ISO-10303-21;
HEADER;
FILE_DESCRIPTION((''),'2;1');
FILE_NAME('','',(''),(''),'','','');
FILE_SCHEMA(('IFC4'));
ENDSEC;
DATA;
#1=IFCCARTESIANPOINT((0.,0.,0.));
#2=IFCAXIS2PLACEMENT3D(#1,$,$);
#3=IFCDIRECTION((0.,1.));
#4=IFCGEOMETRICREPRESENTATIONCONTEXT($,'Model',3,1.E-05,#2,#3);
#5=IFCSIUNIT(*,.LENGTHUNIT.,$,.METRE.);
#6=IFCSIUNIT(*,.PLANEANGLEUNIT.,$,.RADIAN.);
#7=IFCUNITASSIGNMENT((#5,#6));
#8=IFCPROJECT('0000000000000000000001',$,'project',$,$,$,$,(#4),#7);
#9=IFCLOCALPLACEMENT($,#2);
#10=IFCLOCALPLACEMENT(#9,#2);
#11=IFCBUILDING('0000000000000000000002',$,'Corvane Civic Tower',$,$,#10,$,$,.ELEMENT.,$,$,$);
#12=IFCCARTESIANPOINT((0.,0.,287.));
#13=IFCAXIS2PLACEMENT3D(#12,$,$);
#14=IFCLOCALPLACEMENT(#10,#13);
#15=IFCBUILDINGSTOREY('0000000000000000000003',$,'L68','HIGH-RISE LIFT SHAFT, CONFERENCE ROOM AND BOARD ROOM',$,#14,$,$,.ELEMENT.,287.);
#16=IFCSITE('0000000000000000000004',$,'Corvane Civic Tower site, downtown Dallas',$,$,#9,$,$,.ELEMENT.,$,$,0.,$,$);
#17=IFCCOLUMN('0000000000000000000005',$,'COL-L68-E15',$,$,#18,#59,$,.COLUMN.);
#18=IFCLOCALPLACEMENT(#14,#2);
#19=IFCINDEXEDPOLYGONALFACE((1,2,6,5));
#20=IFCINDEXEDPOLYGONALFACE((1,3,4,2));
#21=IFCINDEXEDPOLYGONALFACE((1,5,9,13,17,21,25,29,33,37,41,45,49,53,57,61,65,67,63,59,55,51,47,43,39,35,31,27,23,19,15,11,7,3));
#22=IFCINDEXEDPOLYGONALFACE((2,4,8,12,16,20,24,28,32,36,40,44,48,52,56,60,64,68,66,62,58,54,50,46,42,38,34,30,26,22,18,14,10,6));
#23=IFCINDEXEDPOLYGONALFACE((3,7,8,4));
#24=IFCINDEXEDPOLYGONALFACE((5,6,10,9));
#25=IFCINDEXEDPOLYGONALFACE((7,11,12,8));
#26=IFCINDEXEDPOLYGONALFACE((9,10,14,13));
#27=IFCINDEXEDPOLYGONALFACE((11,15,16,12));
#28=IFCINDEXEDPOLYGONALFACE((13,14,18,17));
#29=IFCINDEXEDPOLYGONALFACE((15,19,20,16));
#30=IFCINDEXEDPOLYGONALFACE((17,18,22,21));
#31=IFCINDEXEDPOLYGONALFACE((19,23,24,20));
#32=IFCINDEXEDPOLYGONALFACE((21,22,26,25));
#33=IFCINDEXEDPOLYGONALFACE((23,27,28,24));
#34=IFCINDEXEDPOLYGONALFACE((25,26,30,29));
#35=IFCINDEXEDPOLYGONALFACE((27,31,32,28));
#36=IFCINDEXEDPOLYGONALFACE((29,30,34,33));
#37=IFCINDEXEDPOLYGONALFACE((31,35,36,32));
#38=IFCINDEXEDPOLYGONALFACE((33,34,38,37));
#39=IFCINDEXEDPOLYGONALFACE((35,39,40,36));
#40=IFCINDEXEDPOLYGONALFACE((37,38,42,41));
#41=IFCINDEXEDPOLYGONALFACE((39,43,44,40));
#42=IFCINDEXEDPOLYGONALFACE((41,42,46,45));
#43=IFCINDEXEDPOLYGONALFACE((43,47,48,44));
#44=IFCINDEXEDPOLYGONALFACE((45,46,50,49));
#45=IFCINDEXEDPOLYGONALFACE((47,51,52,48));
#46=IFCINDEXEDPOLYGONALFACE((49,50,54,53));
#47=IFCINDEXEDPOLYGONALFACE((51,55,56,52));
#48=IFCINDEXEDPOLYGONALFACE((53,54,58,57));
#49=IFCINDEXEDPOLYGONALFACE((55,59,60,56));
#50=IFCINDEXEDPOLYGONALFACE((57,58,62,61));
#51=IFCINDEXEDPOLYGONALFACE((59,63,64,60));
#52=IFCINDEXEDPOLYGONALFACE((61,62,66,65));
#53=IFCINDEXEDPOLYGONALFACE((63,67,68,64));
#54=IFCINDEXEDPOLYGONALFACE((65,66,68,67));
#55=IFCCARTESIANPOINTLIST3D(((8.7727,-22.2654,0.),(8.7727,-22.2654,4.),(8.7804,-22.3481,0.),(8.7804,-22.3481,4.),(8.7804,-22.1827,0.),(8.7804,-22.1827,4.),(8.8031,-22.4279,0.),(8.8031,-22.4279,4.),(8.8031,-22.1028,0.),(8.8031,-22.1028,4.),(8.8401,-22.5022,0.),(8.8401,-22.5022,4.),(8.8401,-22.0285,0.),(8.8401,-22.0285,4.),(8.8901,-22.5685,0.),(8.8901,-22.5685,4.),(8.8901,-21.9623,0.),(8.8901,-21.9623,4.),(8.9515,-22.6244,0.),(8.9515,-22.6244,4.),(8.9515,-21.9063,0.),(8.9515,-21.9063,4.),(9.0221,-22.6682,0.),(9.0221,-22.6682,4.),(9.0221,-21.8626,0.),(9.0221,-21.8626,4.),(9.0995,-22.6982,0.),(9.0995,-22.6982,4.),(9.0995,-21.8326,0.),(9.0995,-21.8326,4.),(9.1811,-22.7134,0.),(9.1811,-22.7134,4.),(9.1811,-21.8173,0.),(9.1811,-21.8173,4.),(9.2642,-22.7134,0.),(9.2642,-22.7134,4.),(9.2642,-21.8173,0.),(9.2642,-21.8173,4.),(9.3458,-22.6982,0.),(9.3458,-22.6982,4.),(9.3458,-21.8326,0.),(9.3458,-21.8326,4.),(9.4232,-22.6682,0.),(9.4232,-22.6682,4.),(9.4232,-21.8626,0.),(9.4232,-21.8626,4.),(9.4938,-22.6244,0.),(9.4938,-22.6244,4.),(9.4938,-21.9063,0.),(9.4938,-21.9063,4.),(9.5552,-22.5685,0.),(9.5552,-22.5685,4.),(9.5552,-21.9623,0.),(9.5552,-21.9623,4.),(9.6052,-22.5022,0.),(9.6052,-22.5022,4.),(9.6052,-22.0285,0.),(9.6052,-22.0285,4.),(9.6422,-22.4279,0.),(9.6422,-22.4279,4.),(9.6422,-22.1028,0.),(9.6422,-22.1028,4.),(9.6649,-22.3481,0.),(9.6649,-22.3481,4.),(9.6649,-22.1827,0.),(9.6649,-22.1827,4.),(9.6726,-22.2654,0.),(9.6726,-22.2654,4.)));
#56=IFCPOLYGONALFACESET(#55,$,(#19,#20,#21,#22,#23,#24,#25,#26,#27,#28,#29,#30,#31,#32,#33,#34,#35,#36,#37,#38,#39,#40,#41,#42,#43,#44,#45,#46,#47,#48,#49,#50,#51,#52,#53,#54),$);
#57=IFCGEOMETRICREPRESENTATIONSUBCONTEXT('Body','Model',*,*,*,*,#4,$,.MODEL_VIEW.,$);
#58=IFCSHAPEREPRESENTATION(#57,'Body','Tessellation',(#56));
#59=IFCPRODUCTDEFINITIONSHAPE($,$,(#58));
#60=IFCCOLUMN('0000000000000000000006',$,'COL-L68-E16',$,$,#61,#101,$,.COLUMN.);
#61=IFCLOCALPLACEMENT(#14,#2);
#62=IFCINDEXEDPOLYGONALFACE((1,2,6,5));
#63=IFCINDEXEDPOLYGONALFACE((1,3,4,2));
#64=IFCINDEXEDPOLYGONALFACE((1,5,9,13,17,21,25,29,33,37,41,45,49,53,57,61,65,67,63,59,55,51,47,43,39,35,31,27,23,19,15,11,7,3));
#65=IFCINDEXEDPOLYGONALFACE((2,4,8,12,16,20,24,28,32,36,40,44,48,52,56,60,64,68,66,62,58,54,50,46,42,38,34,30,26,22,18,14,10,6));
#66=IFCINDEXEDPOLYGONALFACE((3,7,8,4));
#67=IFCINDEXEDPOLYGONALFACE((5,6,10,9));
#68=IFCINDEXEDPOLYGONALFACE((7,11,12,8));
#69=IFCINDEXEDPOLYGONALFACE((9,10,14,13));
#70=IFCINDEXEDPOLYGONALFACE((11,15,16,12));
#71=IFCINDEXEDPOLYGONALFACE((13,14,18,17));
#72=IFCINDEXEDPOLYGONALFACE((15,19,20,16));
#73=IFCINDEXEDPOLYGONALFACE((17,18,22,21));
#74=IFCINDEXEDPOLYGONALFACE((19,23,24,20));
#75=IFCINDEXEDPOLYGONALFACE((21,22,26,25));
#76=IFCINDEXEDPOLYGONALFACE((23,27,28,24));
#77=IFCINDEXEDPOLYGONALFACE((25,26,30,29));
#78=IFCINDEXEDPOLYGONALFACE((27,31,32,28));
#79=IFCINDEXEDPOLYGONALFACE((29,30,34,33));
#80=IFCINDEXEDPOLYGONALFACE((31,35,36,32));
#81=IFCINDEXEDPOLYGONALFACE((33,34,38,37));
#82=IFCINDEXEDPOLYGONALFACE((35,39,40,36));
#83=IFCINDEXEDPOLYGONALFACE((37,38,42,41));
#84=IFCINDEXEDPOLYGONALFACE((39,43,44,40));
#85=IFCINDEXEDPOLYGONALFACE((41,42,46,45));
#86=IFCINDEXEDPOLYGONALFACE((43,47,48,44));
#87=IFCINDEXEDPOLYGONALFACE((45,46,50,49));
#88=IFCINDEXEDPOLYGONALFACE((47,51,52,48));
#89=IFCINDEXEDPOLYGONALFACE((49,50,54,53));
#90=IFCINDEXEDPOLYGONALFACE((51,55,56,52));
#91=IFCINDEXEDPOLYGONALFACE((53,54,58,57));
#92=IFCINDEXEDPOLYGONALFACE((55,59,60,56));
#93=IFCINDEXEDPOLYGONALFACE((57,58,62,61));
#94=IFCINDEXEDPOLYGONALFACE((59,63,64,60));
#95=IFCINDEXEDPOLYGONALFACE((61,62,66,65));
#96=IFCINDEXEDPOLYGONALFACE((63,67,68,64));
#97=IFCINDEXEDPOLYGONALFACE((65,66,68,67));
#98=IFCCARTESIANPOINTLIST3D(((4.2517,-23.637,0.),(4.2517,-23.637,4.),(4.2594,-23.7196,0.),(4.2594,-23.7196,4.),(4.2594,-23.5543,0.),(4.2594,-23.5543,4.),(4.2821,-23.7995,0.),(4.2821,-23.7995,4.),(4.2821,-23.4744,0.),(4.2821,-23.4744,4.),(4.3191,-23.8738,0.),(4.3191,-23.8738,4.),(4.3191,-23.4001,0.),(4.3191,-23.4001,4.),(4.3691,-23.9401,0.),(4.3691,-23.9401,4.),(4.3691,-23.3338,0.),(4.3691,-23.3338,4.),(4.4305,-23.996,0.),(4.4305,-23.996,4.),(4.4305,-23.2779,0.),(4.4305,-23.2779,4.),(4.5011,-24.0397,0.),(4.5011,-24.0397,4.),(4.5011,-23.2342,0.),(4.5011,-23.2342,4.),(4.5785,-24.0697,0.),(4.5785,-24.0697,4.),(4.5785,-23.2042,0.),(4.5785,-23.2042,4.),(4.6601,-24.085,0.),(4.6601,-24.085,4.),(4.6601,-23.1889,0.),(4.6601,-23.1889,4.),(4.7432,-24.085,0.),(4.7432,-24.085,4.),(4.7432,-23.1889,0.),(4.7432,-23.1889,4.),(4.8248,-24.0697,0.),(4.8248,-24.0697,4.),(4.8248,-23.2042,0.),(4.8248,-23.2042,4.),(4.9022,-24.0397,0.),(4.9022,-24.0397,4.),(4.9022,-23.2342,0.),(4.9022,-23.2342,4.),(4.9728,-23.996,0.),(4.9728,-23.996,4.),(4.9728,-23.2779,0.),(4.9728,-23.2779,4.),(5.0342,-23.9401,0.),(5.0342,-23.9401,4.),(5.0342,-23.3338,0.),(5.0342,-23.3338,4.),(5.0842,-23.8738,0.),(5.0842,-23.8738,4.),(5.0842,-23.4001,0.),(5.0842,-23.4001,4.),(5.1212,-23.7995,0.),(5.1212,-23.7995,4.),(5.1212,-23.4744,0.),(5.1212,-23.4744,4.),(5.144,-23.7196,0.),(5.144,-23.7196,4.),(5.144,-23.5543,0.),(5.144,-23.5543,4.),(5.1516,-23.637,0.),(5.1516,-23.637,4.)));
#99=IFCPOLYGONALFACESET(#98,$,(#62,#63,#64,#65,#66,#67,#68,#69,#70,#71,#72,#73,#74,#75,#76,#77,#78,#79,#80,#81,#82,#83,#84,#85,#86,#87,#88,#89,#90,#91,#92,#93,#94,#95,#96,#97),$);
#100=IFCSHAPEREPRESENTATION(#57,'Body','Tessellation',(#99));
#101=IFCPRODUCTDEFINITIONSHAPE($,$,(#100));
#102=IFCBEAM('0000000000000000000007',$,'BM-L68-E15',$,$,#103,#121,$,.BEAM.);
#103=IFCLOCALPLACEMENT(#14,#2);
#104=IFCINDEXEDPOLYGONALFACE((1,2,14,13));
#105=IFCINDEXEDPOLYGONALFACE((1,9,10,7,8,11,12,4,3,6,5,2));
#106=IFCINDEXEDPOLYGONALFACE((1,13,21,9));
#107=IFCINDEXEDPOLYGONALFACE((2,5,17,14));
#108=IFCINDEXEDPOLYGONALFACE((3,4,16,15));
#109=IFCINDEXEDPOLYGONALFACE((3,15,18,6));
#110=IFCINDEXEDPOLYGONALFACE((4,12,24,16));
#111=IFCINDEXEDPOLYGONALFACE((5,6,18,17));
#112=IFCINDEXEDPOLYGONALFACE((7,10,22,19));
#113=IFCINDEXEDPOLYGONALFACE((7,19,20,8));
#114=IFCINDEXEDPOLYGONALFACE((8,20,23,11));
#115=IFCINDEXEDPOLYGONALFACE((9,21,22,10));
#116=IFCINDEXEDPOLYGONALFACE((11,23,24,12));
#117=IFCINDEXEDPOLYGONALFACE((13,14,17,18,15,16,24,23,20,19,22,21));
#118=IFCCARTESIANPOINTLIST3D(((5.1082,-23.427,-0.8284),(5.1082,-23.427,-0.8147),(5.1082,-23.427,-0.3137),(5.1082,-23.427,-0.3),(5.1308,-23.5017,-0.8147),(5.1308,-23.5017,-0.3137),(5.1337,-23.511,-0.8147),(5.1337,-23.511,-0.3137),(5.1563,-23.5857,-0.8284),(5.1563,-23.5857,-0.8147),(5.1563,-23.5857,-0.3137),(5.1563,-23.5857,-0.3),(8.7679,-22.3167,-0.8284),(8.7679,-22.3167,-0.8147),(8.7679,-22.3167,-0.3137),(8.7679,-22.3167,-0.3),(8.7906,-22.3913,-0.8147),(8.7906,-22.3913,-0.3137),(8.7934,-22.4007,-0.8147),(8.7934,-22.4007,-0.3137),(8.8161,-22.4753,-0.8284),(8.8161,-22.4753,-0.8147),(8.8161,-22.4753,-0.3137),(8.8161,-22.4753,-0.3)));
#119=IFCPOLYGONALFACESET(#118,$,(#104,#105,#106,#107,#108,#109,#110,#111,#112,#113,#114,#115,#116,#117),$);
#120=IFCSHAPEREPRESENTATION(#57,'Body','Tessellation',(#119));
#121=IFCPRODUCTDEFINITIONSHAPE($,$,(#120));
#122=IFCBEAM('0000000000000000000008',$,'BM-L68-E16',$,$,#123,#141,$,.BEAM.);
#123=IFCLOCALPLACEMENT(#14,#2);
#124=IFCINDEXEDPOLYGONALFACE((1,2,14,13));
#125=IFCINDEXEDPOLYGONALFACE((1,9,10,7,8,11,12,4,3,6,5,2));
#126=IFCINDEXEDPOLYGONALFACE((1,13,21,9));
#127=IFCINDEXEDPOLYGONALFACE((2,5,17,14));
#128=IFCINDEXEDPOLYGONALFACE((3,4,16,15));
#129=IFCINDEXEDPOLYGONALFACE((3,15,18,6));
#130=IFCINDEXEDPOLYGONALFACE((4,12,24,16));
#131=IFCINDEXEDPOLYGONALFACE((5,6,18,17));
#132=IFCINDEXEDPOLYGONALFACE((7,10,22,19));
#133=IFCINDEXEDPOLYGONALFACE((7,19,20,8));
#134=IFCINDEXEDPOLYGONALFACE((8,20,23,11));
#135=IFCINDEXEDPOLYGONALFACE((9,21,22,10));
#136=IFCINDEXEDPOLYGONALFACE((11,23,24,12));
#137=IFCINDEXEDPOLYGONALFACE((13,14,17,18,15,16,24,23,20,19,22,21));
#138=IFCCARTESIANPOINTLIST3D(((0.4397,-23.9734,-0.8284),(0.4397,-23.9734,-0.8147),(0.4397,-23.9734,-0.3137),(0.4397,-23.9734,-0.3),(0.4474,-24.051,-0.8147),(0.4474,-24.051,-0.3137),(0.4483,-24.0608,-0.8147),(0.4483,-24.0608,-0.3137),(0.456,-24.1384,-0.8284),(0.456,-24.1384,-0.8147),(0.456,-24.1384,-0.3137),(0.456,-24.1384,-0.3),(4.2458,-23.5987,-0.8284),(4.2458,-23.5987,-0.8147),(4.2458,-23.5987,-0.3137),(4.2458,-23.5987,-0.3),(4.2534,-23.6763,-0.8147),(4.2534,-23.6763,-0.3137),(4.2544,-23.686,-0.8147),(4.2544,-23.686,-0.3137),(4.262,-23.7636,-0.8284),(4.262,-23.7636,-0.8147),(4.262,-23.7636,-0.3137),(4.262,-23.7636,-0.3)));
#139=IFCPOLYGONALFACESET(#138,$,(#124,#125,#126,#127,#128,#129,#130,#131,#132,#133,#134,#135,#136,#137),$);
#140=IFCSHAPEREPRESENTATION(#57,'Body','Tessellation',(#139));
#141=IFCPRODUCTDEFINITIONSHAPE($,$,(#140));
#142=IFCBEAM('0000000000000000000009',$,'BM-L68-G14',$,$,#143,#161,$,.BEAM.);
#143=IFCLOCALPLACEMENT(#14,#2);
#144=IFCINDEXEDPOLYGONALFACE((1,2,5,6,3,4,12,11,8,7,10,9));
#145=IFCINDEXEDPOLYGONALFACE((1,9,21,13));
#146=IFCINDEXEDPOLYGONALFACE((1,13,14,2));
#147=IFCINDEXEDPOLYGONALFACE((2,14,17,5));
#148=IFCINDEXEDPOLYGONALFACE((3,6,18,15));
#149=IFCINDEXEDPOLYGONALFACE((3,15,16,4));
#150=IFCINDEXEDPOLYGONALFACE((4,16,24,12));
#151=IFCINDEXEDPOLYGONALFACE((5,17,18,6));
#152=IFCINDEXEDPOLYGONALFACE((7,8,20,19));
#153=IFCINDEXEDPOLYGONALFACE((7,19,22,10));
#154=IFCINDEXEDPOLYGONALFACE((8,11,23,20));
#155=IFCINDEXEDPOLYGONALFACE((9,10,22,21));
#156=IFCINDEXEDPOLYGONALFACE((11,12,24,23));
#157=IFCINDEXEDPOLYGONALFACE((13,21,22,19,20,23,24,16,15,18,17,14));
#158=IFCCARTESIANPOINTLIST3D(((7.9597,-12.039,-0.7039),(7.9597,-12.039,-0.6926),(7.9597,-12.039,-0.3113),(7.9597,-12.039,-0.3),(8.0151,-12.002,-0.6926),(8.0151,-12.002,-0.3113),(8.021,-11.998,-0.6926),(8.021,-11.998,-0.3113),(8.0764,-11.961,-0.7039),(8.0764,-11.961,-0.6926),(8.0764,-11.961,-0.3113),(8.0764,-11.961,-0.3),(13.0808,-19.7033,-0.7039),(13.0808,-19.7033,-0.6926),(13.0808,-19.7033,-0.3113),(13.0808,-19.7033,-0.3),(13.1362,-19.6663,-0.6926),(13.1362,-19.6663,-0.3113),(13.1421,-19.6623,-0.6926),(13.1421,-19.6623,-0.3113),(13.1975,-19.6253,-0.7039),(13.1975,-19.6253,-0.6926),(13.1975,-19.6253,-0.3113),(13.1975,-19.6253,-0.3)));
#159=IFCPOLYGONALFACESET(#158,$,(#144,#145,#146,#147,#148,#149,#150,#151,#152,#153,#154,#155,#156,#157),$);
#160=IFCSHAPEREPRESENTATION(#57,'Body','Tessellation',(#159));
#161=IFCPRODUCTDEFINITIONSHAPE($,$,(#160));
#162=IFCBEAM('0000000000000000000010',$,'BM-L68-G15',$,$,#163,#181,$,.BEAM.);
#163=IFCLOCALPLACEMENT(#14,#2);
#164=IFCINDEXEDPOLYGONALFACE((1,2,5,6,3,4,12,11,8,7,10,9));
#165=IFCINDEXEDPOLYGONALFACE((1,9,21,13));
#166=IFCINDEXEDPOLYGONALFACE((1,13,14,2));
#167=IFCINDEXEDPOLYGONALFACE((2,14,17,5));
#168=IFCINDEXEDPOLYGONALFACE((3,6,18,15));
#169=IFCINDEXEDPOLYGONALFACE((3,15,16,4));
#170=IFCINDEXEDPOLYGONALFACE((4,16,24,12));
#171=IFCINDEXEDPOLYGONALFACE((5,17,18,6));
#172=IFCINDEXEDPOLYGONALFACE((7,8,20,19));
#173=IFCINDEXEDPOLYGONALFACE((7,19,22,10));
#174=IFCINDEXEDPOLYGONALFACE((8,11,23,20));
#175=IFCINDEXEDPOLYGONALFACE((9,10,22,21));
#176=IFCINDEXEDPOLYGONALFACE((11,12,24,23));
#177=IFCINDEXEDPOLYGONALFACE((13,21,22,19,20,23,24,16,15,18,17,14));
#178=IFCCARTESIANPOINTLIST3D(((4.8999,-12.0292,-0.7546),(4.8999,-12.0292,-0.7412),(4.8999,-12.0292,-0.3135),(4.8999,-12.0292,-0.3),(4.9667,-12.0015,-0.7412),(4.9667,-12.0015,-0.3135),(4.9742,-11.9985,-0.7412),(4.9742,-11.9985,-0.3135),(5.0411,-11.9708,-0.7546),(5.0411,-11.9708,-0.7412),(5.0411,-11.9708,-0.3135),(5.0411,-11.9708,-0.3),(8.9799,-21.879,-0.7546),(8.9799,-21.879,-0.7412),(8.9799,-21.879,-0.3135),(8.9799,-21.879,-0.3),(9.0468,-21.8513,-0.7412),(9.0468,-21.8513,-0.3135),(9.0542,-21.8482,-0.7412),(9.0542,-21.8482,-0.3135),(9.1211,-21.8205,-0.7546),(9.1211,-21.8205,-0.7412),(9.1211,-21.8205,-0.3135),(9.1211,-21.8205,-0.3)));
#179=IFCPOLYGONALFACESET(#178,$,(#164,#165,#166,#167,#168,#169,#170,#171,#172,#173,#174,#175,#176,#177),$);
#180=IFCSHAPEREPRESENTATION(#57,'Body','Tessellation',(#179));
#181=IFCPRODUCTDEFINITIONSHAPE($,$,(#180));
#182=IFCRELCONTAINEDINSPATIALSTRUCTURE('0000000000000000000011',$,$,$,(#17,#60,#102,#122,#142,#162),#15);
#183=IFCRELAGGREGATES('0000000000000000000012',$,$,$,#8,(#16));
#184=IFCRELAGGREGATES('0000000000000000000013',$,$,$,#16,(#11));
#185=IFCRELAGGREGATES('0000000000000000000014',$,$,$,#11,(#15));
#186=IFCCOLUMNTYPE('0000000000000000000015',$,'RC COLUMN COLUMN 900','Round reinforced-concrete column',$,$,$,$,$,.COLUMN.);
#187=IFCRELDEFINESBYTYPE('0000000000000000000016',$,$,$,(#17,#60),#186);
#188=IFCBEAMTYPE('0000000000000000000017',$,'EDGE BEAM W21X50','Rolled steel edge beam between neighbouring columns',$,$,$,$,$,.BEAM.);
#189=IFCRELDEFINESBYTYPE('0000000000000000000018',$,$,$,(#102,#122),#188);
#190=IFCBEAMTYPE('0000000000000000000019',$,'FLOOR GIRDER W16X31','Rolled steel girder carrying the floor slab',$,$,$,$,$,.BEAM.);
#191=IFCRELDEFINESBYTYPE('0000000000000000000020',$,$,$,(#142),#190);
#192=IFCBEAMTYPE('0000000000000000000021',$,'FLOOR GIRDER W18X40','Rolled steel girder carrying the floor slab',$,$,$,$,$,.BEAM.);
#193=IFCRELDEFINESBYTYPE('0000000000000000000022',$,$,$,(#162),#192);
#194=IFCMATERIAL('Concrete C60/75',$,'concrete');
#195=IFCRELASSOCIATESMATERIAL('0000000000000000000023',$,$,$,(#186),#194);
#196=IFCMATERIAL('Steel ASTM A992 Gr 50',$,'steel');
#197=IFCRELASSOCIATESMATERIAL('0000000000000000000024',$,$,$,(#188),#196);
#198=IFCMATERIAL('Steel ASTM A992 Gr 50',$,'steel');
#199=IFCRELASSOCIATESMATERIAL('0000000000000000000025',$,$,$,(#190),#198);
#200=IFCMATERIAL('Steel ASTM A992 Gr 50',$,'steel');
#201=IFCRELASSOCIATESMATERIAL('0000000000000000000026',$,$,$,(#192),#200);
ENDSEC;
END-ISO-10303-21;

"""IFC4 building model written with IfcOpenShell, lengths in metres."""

from ifc_helpers import new_model, si_unit, direction, frame, origin, origin_2d, place, context, subcontext, project, spatial, circle, i_section, extrude, material, material_profile, profile_set, type_object, element, save


model = new_model("IFC4")

# Units and contexts
model_context = context("Model", 3, precision=1e-05, world=origin(), true_north=direction((0.0, 1.0)))
body_context = subcontext(model_context, "Body", "Model", "MODEL_VIEW")
ifc_project = project(units=[si_unit("LENGTHUNIT", "METRE"), si_unit("PLANEANGLEUNIT", "RADIAN")], contexts=[model_context])

# Site, building, storey
site_placement = place(None, origin())
site = spatial("IfcSite", under=ifc_project, at=site_placement, Name="Corvane Civic Tower site, downtown Dallas", CompositionType="ELEMENT", RefElevation=0.0)
building_placement = place(site_placement, origin())
building = spatial("IfcBuilding", under=site, at=building_placement, Name="Corvane Civic Tower", CompositionType="ELEMENT")
storey_placement = place(building_placement, frame((0.0, 0.0, 287.0)))
storey = spatial("IfcBuildingStorey", under=building, at=storey_placement, Name="L68", Description="HIGH-RISE LIFT SHAFT, CONFERENCE ROOM AND BOARD ROOM", CompositionType="ELEMENT", Elevation=287.0)

# Columns
ifc_material_1 = material(Name="Concrete C60/75", Category="concrete")
ifc_material_profile_1 = material_profile(ifc_material_1, circle(Radius=0.45, at=origin_2d()), Name="COLUMN 900")
ifc_profile_set_1 = profile_set([ifc_material_profile_1], Name="Concrete C60/75")
column_type = type_object("IfcColumnType", Name="RC COLUMN COLUMN 900", Description="Round reinforced-concrete column", PredefinedType="COLUMN", material=ifc_profile_set_1)
for number, where, z_axis, x_axis, name in (
    (1, (9.2227, -22.2654, 0.0), (0.0, 0.0, 1.0), (1.0, 0.0, 0.0), "COL-L68-E15"),
    (2, (4.7017, -23.637, 0.0), (0.0, 0.0, 1.0), (1.0, 0.0, 0.0), "COL-L68-E16"),
):
    element("IfcColumn", number, at=place(storey_placement, frame(where, z_axis=z_axis, x_axis=x_axis)), inside=storey, type_object=column_type, Name=name, PredefinedType="COLUMN", context=body_context, shape_type="SweptSolid", body=[
        extrude(circle(Radius=0.45, at=origin_2d()), origin(), (0.0, 0.0, 1.0), 4.0),
    ])

# Beams
ifc_material_2 = material(Name="Steel ASTM A992 Gr 50", Category="steel")
ifc_material_profile_2 = material_profile(ifc_material_2, i_section(OverallWidth=0.1658, OverallDepth=0.5283, WebThickness=0.0098, FlangeThickness=0.0137, at=origin_2d()), Name="W21X50")
ifc_profile_set_2 = profile_set([ifc_material_profile_2], Name="Steel ASTM A992 Gr 50")
beam_type_1 = type_object("IfcBeamType", Name="EDGE BEAM W21X50", Description="Rolled steel edge beam between neighbouring columns", PredefinedType="BEAM", material=ifc_profile_set_2)
for number, where, z_axis, x_axis, name in (
    (3, (8.792, -22.396, -0.5642), (-0.956926, -0.290333, 0.0), (0.290333, -0.956926, 0.0), "BM-L68-E15"),
    (4, (4.2539, -23.6812, -0.5642), (-0.995188, -0.097987, 0.0), (0.097987, -0.995188, 0.0), "BM-L68-E16"),
):
    element("IfcBeam", number, at=place(storey_placement, frame(where, z_axis=z_axis, x_axis=x_axis)), inside=storey, type_object=beam_type_1, Name=name, PredefinedType="BEAM", context=body_context, shape_type="SweptSolid", body=[
        extrude(i_section(OverallWidth=0.1658, OverallDepth=0.5283, WebThickness=0.0098, FlangeThickness=0.0137, at=origin_2d()), origin(), (0.0, 0.0, 1.0), 3.8245),
    ])
ifc_material_3 = material(Name="Steel ASTM A992 Gr 50", Category="steel")
ifc_material_profile_3 = material_profile(ifc_material_3, i_section(OverallWidth=0.1404, OverallDepth=0.4038, WebThickness=0.0071, FlangeThickness=0.0112, at=origin_2d()), Name="W16X31")
ifc_profile_set_3 = profile_set([ifc_material_profile_3], Name="Steel ASTM A992 Gr 50")
beam_type_2 = type_object("IfcBeamType", Name="FLOOR GIRDER W16X31", Description="Rolled steel girder carrying the floor slab", PredefinedType="BEAM", material=ifc_profile_set_3)
beam_1_placement = place(storey_placement, frame((8.0181, -12.0, -0.502), z_axis=(0.555568, -0.831471, 0.0), x_axis=(0.831471, 0.555568, 0.0)))
element("IfcBeam", 5, at=beam_1_placement, inside=storey, type_object=beam_type_2, Name="BM-L68-G14", PredefinedType="BEAM", context=body_context, shape_type="SweptSolid", body=[
    extrude(i_section(OverallWidth=0.1404, OverallDepth=0.4038, WebThickness=0.0071, FlangeThickness=0.0112, at=origin_2d()), origin(), (0.0, 0.0, 1.0), 9.2178),
])
ifc_material_4 = material(Name="Steel ASTM A992 Gr 50", Category="steel")
ifc_material_profile_4 = material_profile(ifc_material_4, i_section(OverallWidth=0.1528, OverallDepth=0.4546, WebThickness=0.0081, FlangeThickness=0.0134, at=origin_2d()), Name="W18X40")
ifc_profile_set_4 = profile_set([ifc_material_profile_4], Name="Steel ASTM A992 Gr 50")
beam_type_3 = type_object("IfcBeamType", Name="FLOOR GIRDER W18X40", Description="Rolled steel girder carrying the floor slab", PredefinedType="BEAM", material=ifc_profile_set_4)
beam_2_placement = place(storey_placement, frame((4.9705, -12.0, -0.5273), z_axis=(0.382694, -0.923875, 0.0), x_axis=(0.923875, 0.382694, 0.0)))
element("IfcBeam", 6, at=beam_2_placement, inside=storey, type_object=beam_type_3, Name="BM-L68-G15", PredefinedType="BEAM", context=body_context, shape_type="SweptSolid", body=[
    extrude(i_section(OverallWidth=0.1528, OverallDepth=0.4546, WebThickness=0.0081, FlangeThickness=0.0134, at=origin_2d()), origin(), (0.0, 0.0, 1.0), 10.6614),
])

save(model, "model.ifc")
